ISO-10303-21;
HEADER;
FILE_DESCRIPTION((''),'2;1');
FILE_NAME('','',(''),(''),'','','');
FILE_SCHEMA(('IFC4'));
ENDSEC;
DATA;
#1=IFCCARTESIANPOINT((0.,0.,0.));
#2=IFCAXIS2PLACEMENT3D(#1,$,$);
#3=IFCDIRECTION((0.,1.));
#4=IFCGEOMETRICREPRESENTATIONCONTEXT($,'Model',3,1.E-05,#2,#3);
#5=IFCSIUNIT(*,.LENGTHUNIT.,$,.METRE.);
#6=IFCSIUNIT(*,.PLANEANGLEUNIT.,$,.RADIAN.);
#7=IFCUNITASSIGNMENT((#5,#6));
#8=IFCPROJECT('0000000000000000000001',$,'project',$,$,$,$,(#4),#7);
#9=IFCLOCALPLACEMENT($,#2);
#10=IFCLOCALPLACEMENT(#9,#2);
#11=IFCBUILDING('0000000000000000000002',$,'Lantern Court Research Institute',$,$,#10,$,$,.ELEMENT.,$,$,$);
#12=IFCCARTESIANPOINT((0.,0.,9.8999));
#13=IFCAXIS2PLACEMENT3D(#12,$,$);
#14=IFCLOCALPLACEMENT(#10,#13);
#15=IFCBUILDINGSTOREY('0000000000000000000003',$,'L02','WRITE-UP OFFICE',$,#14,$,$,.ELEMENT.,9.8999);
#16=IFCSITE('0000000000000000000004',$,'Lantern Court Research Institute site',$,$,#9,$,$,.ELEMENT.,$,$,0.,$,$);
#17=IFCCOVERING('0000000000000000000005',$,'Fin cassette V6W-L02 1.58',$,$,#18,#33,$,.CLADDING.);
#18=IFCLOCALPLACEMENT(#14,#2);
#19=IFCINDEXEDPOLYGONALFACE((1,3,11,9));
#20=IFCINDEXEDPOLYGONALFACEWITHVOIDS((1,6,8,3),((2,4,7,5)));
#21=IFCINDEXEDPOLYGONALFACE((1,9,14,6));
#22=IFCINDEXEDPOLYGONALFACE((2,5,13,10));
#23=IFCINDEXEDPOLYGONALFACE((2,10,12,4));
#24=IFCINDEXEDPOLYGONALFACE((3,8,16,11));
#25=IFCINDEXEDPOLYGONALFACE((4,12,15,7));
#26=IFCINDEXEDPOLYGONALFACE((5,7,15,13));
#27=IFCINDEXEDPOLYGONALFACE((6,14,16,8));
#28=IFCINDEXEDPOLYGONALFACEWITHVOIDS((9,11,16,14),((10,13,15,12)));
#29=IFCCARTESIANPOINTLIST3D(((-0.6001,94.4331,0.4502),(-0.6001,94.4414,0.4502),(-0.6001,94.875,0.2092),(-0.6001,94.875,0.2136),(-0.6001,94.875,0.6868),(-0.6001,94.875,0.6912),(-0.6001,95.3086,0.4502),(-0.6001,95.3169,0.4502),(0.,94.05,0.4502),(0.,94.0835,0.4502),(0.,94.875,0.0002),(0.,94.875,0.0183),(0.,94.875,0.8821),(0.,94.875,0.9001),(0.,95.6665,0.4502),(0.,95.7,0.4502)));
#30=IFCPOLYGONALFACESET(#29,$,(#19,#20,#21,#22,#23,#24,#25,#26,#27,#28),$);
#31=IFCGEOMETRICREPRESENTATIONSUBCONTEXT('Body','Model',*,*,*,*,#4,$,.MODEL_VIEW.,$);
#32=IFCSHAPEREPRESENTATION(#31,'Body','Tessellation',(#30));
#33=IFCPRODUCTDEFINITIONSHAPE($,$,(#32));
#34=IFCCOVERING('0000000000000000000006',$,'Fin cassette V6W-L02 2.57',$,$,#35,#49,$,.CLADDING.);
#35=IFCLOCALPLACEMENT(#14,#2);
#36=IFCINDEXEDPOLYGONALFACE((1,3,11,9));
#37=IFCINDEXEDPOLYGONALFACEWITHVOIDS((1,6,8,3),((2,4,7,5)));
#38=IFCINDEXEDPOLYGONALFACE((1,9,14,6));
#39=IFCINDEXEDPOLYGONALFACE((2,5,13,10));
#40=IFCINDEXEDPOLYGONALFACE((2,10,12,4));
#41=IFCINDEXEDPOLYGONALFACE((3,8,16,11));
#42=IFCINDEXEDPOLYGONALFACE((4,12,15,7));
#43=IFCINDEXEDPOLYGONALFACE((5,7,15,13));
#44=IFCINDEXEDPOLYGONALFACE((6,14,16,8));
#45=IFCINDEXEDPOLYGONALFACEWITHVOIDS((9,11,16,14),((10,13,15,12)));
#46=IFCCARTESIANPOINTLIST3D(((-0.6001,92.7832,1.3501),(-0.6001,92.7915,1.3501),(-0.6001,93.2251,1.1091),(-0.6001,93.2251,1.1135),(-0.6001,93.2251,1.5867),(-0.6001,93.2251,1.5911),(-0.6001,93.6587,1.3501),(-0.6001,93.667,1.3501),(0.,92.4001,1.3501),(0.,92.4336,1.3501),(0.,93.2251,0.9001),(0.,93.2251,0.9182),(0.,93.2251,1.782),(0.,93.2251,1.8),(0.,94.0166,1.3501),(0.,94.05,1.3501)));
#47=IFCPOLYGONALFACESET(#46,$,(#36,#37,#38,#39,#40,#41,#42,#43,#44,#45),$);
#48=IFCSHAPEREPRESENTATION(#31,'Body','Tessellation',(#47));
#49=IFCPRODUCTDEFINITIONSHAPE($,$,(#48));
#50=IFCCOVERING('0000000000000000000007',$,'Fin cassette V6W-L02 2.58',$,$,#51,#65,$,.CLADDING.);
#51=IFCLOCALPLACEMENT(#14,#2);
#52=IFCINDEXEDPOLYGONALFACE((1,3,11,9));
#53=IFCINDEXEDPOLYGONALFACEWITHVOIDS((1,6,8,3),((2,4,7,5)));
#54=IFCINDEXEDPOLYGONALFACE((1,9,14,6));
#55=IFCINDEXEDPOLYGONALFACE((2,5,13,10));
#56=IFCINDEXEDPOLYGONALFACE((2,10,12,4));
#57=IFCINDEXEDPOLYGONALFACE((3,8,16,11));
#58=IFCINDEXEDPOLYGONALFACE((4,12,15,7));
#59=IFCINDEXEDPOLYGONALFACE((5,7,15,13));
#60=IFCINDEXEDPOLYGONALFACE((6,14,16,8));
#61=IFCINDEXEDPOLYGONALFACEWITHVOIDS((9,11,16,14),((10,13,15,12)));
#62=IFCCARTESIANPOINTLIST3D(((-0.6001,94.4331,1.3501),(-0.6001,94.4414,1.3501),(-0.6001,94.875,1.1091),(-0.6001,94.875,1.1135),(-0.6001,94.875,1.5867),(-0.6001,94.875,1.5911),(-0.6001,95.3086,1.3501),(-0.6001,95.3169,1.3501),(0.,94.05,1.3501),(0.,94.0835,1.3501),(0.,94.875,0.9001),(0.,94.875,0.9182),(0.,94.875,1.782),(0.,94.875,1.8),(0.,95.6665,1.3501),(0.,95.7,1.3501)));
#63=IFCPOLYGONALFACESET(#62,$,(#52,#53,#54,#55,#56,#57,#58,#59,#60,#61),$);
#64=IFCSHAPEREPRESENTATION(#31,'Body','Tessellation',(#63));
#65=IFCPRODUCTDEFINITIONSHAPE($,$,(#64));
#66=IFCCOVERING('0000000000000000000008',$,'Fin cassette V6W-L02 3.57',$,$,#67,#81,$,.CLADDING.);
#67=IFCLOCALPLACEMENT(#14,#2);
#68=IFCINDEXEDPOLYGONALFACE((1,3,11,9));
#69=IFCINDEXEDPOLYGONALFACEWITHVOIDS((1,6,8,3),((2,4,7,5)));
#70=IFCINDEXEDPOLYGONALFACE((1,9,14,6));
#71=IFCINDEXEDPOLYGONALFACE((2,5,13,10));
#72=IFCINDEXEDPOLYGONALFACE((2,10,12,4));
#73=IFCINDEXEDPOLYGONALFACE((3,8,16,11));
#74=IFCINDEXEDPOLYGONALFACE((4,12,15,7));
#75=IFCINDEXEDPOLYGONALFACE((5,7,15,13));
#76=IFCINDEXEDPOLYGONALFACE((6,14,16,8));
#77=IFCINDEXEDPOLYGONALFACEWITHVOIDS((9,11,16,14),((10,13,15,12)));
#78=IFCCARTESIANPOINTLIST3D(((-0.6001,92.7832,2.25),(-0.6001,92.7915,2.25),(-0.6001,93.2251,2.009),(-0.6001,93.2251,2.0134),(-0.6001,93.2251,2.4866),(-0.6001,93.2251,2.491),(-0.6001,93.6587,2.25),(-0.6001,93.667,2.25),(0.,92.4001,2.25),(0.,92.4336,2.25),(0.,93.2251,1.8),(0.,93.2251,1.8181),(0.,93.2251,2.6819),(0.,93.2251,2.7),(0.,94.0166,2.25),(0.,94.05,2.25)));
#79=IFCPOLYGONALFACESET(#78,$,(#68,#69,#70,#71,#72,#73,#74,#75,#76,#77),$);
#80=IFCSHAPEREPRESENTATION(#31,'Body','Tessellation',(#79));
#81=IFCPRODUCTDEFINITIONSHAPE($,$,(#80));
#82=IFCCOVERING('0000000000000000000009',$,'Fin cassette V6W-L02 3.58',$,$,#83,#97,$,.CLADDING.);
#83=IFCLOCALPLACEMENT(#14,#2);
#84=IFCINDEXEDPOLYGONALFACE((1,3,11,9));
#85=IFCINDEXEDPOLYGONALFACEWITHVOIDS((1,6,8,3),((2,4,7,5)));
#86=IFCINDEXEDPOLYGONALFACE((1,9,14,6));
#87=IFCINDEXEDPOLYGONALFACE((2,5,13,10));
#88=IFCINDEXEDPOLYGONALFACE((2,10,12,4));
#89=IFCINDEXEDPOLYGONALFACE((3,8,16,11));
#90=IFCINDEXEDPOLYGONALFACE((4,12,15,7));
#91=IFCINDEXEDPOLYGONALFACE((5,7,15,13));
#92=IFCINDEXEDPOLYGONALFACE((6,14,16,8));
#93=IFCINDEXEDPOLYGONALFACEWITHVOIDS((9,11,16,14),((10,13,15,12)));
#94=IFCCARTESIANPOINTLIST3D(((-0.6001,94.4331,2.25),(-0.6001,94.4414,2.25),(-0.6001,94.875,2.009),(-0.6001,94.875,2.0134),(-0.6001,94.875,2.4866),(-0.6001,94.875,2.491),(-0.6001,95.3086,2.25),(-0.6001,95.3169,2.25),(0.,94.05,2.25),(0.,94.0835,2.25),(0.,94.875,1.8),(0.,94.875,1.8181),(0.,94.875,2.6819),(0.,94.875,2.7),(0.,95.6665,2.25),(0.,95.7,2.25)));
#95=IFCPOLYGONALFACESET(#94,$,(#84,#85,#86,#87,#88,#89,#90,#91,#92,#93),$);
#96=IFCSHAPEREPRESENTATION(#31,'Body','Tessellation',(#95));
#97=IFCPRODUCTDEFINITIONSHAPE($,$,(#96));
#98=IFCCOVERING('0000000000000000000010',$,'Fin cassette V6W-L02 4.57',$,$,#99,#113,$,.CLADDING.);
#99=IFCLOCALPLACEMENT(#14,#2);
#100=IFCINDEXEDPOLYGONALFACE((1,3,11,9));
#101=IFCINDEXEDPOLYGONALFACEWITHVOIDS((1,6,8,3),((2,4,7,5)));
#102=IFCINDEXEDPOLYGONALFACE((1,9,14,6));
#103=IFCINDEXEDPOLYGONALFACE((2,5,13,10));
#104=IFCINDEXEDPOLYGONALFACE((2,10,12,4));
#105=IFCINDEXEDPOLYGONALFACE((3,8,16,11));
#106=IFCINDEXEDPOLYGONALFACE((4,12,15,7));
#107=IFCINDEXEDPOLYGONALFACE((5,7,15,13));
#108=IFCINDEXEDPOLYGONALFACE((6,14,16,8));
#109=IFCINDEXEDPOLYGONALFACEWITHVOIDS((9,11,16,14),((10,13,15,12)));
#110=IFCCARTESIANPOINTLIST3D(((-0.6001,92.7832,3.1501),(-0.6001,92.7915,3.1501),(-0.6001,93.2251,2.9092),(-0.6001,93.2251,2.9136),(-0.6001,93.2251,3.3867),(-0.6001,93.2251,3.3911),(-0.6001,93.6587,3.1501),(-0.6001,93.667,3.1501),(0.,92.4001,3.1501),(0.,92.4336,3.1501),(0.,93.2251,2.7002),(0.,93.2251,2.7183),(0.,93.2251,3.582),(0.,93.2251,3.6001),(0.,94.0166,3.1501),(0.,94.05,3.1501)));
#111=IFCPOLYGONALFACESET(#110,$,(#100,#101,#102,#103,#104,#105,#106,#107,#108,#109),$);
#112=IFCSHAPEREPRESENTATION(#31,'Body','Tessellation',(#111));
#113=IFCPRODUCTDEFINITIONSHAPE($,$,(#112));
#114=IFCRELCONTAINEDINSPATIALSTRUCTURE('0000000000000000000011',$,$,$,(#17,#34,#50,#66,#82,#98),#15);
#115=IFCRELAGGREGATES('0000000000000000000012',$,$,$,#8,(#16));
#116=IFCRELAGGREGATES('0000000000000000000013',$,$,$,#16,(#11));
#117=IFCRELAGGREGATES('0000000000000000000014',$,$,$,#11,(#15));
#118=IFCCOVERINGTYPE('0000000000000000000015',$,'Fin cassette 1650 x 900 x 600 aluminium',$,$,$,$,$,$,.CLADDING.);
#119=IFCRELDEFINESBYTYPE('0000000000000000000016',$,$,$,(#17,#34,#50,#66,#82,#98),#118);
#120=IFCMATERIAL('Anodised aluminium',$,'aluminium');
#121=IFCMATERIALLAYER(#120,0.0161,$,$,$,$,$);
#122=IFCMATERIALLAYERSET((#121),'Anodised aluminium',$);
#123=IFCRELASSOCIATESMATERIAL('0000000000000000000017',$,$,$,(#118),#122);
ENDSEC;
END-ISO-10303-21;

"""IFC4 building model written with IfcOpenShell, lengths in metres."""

from ifc_helpers import new_model, entity, si_unit, direction, frame, origin, place, context, subcontext, project, spatial, material, layer, layer_set, type_object, element, save


model = new_model("IFC4")

# Units and contexts
model_context = context("Model", 3, precision=1e-05, world=origin(), true_north=direction((0.0, 1.0)))
body_context = subcontext(model_context, "Body", "Model", "MODEL_VIEW")
ifc_project = project(units=[si_unit("LENGTHUNIT", "METRE"), si_unit("PLANEANGLEUNIT", "RADIAN")], contexts=[model_context])

# Site, building, storey
site_placement = place(None, origin())
site = spatial("IfcSite", under=ifc_project, at=site_placement, Name="Lantern Court Research Institute site", CompositionType="ELEMENT", RefElevation=0.0)
building_placement = place(site_placement, origin())
building = spatial("IfcBuilding", under=site, at=building_placement, Name="Lantern Court Research Institute", CompositionType="ELEMENT")
storey_placement = place(building_placement, frame((0.0, 0.0, 9.8999)))
storey = spatial("IfcBuildingStorey", under=building, at=storey_placement, Name="L02", Description="WRITE-UP OFFICE", CompositionType="ELEMENT", Elevation=9.8999)

# Coverings
ifc_material_1 = material(Name="Anodised aluminium", Category="aluminium")
ifc_layer_1 = layer(ifc_material_1, 0.0161)
ifc_layer_set_1 = layer_set([ifc_layer_1], Name="Anodised aluminium")
covering_type = type_object("IfcCoveringType", Name="Fin cassette 1650 x 900 x 600 aluminium", PredefinedType="CLADDING", material=ifc_layer_set_1)
covering_1_placement = place(storey_placement, frame((0.0, 94.875, 0.4502), z_axis=(-1.0, 0.0, 0.0), x_axis=(0.0, -1.0, 0.0)))
cartesian_point_1 = entity("IfcCartesianPoint", [0.825, 0.0])
cartesian_point_2 = entity("IfcCartesianPoint", [0.7915, 0.0])
cartesian_point_3 = entity("IfcCartesianPoint", [0.4419, 0.0])
cartesian_point_4 = entity("IfcCartesianPoint", [0.4336, 0.0])
element("IfcCovering", 1, at=covering_1_placement, inside=storey, type_object=covering_type, Name="Fin cassette V6W-L02 1.58", PredefinedType="CLADDING", context=body_context, shape_type="SweptSolid", body=[
    entity("IfcExtrudedAreaSolidTapered", entity("IfcArbitraryProfileDefWithVoids", "AREA", None, entity("IfcPolyline", [cartesian_point_1, entity("IfcCartesianPoint", [0.0, 0.45]), entity("IfcCartesianPoint", [-0.825, 0.0]), entity("IfcCartesianPoint", [0.0, -0.45]), cartesian_point_1]), [entity("IfcPolyline", [cartesian_point_2, entity("IfcCartesianPoint", [0.0, 0.4319]), entity("IfcCartesianPoint", [-0.7915, 0.0]), entity("IfcCartesianPoint", [0.0, -0.4319]), cartesian_point_2])]), entity("IfcAxis2Placement3D", entity("IfcCartesianPoint", [0.0, 0.0, 0.0])), entity("IfcDirection", [0.0, 0.0, 1.0]), 0.6001, entity("IfcArbitraryProfileDefWithVoids", "AREA", None, entity("IfcPolyline", [cartesian_point_3, entity("IfcCartesianPoint", [0.0, 0.241]), entity("IfcCartesianPoint", [-0.4419, 0.0]), entity("IfcCartesianPoint", [0.0, -0.241]), cartesian_point_3]), [entity("IfcPolyline", [cartesian_point_4, entity("IfcCartesianPoint", [0.0, 0.2366]), entity("IfcCartesianPoint", [-0.4336, 0.0]), entity("IfcCartesianPoint", [0.0, -0.2366]), cartesian_point_4])])),
])
covering_2_placement = place(storey_placement, frame((0.0, 93.2251, 1.3501), z_axis=(-1.0, 0.0, 0.0), x_axis=(0.0, -1.0, 0.0)))
cartesian_point_5 = entity("IfcCartesianPoint", [0.825, 0.0])
cartesian_point_6 = entity("IfcCartesianPoint", [0.7915, 0.0])
cartesian_point_7 = entity("IfcCartesianPoint", [0.4419, 0.0])
cartesian_point_8 = entity("IfcCartesianPoint", [0.4336, 0.0])
element("IfcCovering", 2, at=covering_2_placement, inside=storey, type_object=covering_type, Name="Fin cassette V6W-L02 2.57", PredefinedType="CLADDING", context=body_context, shape_type="SweptSolid", body=[
    entity("IfcExtrudedAreaSolidTapered", entity("IfcArbitraryProfileDefWithVoids", "AREA", None, entity("IfcPolyline", [cartesian_point_5, entity("IfcCartesianPoint", [0.0, 0.45]), entity("IfcCartesianPoint", [-0.825, 0.0]), entity("IfcCartesianPoint", [0.0, -0.45]), cartesian_point_5]), [entity("IfcPolyline", [cartesian_point_6, entity("IfcCartesianPoint", [0.0, 0.4319]), entity("IfcCartesianPoint", [-0.7915, 0.0]), entity("IfcCartesianPoint", [0.0, -0.4319]), cartesian_point_6])]), entity("IfcAxis2Placement3D", entity("IfcCartesianPoint", [0.0, 0.0, 0.0])), entity("IfcDirection", [0.0, 0.0, 1.0]), 0.6001, entity("IfcArbitraryProfileDefWithVoids", "AREA", None, entity("IfcPolyline", [cartesian_point_7, entity("IfcCartesianPoint", [0.0, 0.241]), entity("IfcCartesianPoint", [-0.4419, 0.0]), entity("IfcCartesianPoint", [0.0, -0.241]), cartesian_point_7]), [entity("IfcPolyline", [cartesian_point_8, entity("IfcCartesianPoint", [0.0, 0.2366]), entity("IfcCartesianPoint", [-0.4336, 0.0]), entity("IfcCartesianPoint", [0.0, -0.2366]), cartesian_point_8])])),
])
covering_3_placement = place(storey_placement, frame((0.0, 94.875, 1.3501), z_axis=(-1.0, 0.0, 0.0), x_axis=(0.0, -1.0, 0.0)))
cartesian_point_9 = entity("IfcCartesianPoint", [0.825, 0.0])
cartesian_point_10 = entity("IfcCartesianPoint", [0.7915, 0.0])
cartesian_point_11 = entity("IfcCartesianPoint", [0.4419, 0.0])
cartesian_point_12 = entity("IfcCartesianPoint", [0.4336, 0.0])
element("IfcCovering", 3, at=covering_3_placement, inside=storey, type_object=covering_type, Name="Fin cassette V6W-L02 2.58", PredefinedType="CLADDING", context=body_context, shape_type="SweptSolid", body=[
    entity("IfcExtrudedAreaSolidTapered", entity("IfcArbitraryProfileDefWithVoids", "AREA", None, entity("IfcPolyline", [cartesian_point_9, entity("IfcCartesianPoint", [0.0, 0.45]), entity("IfcCartesianPoint", [-0.825, 0.0]), entity("IfcCartesianPoint", [0.0, -0.45]), cartesian_point_9]), [entity("IfcPolyline", [cartesian_point_10, entity("IfcCartesianPoint", [0.0, 0.4319]), entity("IfcCartesianPoint", [-0.7915, 0.0]), entity("IfcCartesianPoint", [0.0, -0.4319]), cartesian_point_10])]), entity("IfcAxis2Placement3D", entity("IfcCartesianPoint", [0.0, 0.0, 0.0])), entity("IfcDirection", [0.0, 0.0, 1.0]), 0.6001, entity("IfcArbitraryProfileDefWithVoids", "AREA", None, entity("IfcPolyline", [cartesian_point_11, entity("IfcCartesianPoint", [0.0, 0.241]), entity("IfcCartesianPoint", [-0.4419, 0.0]), entity("IfcCartesianPoint", [0.0, -0.241]), cartesian_point_11]), [entity("IfcPolyline", [cartesian_point_12, entity("IfcCartesianPoint", [0.0, 0.2366]), entity("IfcCartesianPoint", [-0.4336, 0.0]), entity("IfcCartesianPoint", [0.0, -0.2366]), cartesian_point_12])])),
])
covering_4_placement = place(storey_placement, frame((0.0, 93.2251, 2.25), z_axis=(-1.0, 0.0, 0.0), x_axis=(0.0, -1.0, 0.0)))
cartesian_point_13 = entity("IfcCartesianPoint", [0.825, 0.0])
cartesian_point_14 = entity("IfcCartesianPoint", [0.7915, 0.0])
cartesian_point_15 = entity("IfcCartesianPoint", [0.4419, 0.0])
cartesian_point_16 = entity("IfcCartesianPoint", [0.4336, 0.0])
element("IfcCovering", 4, at=covering_4_placement, inside=storey, type_object=covering_type, Name="Fin cassette V6W-L02 3.57", PredefinedType="CLADDING", context=body_context, shape_type="SweptSolid", body=[
    entity("IfcExtrudedAreaSolidTapered", entity("IfcArbitraryProfileDefWithVoids", "AREA", None, entity("IfcPolyline", [cartesian_point_13, entity("IfcCartesianPoint", [0.0, 0.45]), entity("IfcCartesianPoint", [-0.825, 0.0]), entity("IfcCartesianPoint", [0.0, -0.45]), cartesian_point_13]), [entity("IfcPolyline", [cartesian_point_14, entity("IfcCartesianPoint", [0.0, 0.4319]), entity("IfcCartesianPoint", [-0.7915, 0.0]), entity("IfcCartesianPoint", [0.0, -0.4319]), cartesian_point_14])]), entity("IfcAxis2Placement3D", entity("IfcCartesianPoint", [0.0, 0.0, 0.0])), entity("IfcDirection", [0.0, 0.0, 1.0]), 0.6001, entity("IfcArbitraryProfileDefWithVoids", "AREA", None, entity("IfcPolyline", [cartesian_point_15, entity("IfcCartesianPoint", [0.0, 0.241]), entity("IfcCartesianPoint", [-0.4419, 0.0]), entity("IfcCartesianPoint", [0.0, -0.241]), cartesian_point_15]), [entity("IfcPolyline", [cartesian_point_16, entity("IfcCartesianPoint", [0.0, 0.2366]), entity("IfcCartesianPoint", [-0.4336, 0.0]), entity("IfcCartesianPoint", [0.0, -0.2366]), cartesian_point_16])])),
])
covering_5_placement = place(storey_placement, frame((0.0, 94.875, 2.25), z_axis=(-1.0, 0.0, 0.0), x_axis=(0.0, -1.0, 0.0)))
cartesian_point_17 = entity("IfcCartesianPoint", [0.825, 0.0])
cartesian_point_18 = entity("IfcCartesianPoint", [0.7915, 0.0])
cartesian_point_19 = entity("IfcCartesianPoint", [0.4419, 0.0])
cartesian_point_20 = entity("IfcCartesianPoint", [0.4336, 0.0])
element("IfcCovering", 5, at=covering_5_placement, inside=storey, type_object=covering_type, Name="Fin cassette V6W-L02 3.58", PredefinedType="CLADDING", context=body_context, shape_type="SweptSolid", body=[
    entity("IfcExtrudedAreaSolidTapered", entity("IfcArbitraryProfileDefWithVoids", "AREA", None, entity("IfcPolyline", [cartesian_point_17, entity("IfcCartesianPoint", [0.0, 0.45]), entity("IfcCartesianPoint", [-0.825, 0.0]), entity("IfcCartesianPoint", [0.0, -0.45]), cartesian_point_17]), [entity("IfcPolyline", [cartesian_point_18, entity("IfcCartesianPoint", [0.0, 0.4319]), entity("IfcCartesianPoint", [-0.7915, 0.0]), entity("IfcCartesianPoint", [0.0, -0.4319]), cartesian_point_18])]), entity("IfcAxis2Placement3D", entity("IfcCartesianPoint", [0.0, 0.0, 0.0])), entity("IfcDirection", [0.0, 0.0, 1.0]), 0.6001, entity("IfcArbitraryProfileDefWithVoids", "AREA", None, entity("IfcPolyline", [cartesian_point_19, entity("IfcCartesianPoint", [0.0, 0.241]), entity("IfcCartesianPoint", [-0.4419, 0.0]), entity("IfcCartesianPoint", [0.0, -0.241]), cartesian_point_19]), [entity("IfcPolyline", [cartesian_point_20, entity("IfcCartesianPoint", [0.0, 0.2366]), entity("IfcCartesianPoint", [-0.4336, 0.0]), entity("IfcCartesianPoint", [0.0, -0.2366]), cartesian_point_20])])),
])
covering_6_placement = place(storey_placement, frame((0.0, 93.2251, 3.1501), z_axis=(-1.0, 0.0, 0.0), x_axis=(0.0, -1.0, 0.0)))
cartesian_point_21 = entity("IfcCartesianPoint", [0.825, 0.0])
cartesian_point_22 = entity("IfcCartesianPoint", [0.7915, 0.0])
cartesian_point_23 = entity("IfcCartesianPoint", [0.4419, 0.0])
cartesian_point_24 = entity("IfcCartesianPoint", [0.4336, 0.0])
element("IfcCovering", 6, at=covering_6_placement, inside=storey, type_object=covering_type, Name="Fin cassette V6W-L02 4.57", PredefinedType="CLADDING", context=body_context, shape_type="SweptSolid", body=[
    entity("IfcExtrudedAreaSolidTapered", entity("IfcArbitraryProfileDefWithVoids", "AREA", None, entity("IfcPolyline", [cartesian_point_21, entity("IfcCartesianPoint", [0.0, 0.45]), entity("IfcCartesianPoint", [-0.825, 0.0]), entity("IfcCartesianPoint", [0.0, -0.45]), cartesian_point_21]), [entity("IfcPolyline", [cartesian_point_22, entity("IfcCartesianPoint", [0.0, 0.4319]), entity("IfcCartesianPoint", [-0.7915, 0.0]), entity("IfcCartesianPoint", [0.0, -0.4319]), cartesian_point_22])]), entity("IfcAxis2Placement3D", entity("IfcCartesianPoint", [0.0, 0.0, 0.0])), entity("IfcDirection", [0.0, 0.0, 1.0]), 0.6001, entity("IfcArbitraryProfileDefWithVoids", "AREA", None, entity("IfcPolyline", [cartesian_point_23, entity("IfcCartesianPoint", [0.0, 0.241]), entity("IfcCartesianPoint", [-0.4419, 0.0]), entity("IfcCartesianPoint", [0.0, -0.241]), cartesian_point_23]), [entity("IfcPolyline", [cartesian_point_24, entity("IfcCartesianPoint", [0.0, 0.2366]), entity("IfcCartesianPoint", [-0.4336, 0.0]), entity("IfcCartesianPoint", [0.0, -0.2366]), cartesian_point_24])])),
])

save(model, "model.ifc")
